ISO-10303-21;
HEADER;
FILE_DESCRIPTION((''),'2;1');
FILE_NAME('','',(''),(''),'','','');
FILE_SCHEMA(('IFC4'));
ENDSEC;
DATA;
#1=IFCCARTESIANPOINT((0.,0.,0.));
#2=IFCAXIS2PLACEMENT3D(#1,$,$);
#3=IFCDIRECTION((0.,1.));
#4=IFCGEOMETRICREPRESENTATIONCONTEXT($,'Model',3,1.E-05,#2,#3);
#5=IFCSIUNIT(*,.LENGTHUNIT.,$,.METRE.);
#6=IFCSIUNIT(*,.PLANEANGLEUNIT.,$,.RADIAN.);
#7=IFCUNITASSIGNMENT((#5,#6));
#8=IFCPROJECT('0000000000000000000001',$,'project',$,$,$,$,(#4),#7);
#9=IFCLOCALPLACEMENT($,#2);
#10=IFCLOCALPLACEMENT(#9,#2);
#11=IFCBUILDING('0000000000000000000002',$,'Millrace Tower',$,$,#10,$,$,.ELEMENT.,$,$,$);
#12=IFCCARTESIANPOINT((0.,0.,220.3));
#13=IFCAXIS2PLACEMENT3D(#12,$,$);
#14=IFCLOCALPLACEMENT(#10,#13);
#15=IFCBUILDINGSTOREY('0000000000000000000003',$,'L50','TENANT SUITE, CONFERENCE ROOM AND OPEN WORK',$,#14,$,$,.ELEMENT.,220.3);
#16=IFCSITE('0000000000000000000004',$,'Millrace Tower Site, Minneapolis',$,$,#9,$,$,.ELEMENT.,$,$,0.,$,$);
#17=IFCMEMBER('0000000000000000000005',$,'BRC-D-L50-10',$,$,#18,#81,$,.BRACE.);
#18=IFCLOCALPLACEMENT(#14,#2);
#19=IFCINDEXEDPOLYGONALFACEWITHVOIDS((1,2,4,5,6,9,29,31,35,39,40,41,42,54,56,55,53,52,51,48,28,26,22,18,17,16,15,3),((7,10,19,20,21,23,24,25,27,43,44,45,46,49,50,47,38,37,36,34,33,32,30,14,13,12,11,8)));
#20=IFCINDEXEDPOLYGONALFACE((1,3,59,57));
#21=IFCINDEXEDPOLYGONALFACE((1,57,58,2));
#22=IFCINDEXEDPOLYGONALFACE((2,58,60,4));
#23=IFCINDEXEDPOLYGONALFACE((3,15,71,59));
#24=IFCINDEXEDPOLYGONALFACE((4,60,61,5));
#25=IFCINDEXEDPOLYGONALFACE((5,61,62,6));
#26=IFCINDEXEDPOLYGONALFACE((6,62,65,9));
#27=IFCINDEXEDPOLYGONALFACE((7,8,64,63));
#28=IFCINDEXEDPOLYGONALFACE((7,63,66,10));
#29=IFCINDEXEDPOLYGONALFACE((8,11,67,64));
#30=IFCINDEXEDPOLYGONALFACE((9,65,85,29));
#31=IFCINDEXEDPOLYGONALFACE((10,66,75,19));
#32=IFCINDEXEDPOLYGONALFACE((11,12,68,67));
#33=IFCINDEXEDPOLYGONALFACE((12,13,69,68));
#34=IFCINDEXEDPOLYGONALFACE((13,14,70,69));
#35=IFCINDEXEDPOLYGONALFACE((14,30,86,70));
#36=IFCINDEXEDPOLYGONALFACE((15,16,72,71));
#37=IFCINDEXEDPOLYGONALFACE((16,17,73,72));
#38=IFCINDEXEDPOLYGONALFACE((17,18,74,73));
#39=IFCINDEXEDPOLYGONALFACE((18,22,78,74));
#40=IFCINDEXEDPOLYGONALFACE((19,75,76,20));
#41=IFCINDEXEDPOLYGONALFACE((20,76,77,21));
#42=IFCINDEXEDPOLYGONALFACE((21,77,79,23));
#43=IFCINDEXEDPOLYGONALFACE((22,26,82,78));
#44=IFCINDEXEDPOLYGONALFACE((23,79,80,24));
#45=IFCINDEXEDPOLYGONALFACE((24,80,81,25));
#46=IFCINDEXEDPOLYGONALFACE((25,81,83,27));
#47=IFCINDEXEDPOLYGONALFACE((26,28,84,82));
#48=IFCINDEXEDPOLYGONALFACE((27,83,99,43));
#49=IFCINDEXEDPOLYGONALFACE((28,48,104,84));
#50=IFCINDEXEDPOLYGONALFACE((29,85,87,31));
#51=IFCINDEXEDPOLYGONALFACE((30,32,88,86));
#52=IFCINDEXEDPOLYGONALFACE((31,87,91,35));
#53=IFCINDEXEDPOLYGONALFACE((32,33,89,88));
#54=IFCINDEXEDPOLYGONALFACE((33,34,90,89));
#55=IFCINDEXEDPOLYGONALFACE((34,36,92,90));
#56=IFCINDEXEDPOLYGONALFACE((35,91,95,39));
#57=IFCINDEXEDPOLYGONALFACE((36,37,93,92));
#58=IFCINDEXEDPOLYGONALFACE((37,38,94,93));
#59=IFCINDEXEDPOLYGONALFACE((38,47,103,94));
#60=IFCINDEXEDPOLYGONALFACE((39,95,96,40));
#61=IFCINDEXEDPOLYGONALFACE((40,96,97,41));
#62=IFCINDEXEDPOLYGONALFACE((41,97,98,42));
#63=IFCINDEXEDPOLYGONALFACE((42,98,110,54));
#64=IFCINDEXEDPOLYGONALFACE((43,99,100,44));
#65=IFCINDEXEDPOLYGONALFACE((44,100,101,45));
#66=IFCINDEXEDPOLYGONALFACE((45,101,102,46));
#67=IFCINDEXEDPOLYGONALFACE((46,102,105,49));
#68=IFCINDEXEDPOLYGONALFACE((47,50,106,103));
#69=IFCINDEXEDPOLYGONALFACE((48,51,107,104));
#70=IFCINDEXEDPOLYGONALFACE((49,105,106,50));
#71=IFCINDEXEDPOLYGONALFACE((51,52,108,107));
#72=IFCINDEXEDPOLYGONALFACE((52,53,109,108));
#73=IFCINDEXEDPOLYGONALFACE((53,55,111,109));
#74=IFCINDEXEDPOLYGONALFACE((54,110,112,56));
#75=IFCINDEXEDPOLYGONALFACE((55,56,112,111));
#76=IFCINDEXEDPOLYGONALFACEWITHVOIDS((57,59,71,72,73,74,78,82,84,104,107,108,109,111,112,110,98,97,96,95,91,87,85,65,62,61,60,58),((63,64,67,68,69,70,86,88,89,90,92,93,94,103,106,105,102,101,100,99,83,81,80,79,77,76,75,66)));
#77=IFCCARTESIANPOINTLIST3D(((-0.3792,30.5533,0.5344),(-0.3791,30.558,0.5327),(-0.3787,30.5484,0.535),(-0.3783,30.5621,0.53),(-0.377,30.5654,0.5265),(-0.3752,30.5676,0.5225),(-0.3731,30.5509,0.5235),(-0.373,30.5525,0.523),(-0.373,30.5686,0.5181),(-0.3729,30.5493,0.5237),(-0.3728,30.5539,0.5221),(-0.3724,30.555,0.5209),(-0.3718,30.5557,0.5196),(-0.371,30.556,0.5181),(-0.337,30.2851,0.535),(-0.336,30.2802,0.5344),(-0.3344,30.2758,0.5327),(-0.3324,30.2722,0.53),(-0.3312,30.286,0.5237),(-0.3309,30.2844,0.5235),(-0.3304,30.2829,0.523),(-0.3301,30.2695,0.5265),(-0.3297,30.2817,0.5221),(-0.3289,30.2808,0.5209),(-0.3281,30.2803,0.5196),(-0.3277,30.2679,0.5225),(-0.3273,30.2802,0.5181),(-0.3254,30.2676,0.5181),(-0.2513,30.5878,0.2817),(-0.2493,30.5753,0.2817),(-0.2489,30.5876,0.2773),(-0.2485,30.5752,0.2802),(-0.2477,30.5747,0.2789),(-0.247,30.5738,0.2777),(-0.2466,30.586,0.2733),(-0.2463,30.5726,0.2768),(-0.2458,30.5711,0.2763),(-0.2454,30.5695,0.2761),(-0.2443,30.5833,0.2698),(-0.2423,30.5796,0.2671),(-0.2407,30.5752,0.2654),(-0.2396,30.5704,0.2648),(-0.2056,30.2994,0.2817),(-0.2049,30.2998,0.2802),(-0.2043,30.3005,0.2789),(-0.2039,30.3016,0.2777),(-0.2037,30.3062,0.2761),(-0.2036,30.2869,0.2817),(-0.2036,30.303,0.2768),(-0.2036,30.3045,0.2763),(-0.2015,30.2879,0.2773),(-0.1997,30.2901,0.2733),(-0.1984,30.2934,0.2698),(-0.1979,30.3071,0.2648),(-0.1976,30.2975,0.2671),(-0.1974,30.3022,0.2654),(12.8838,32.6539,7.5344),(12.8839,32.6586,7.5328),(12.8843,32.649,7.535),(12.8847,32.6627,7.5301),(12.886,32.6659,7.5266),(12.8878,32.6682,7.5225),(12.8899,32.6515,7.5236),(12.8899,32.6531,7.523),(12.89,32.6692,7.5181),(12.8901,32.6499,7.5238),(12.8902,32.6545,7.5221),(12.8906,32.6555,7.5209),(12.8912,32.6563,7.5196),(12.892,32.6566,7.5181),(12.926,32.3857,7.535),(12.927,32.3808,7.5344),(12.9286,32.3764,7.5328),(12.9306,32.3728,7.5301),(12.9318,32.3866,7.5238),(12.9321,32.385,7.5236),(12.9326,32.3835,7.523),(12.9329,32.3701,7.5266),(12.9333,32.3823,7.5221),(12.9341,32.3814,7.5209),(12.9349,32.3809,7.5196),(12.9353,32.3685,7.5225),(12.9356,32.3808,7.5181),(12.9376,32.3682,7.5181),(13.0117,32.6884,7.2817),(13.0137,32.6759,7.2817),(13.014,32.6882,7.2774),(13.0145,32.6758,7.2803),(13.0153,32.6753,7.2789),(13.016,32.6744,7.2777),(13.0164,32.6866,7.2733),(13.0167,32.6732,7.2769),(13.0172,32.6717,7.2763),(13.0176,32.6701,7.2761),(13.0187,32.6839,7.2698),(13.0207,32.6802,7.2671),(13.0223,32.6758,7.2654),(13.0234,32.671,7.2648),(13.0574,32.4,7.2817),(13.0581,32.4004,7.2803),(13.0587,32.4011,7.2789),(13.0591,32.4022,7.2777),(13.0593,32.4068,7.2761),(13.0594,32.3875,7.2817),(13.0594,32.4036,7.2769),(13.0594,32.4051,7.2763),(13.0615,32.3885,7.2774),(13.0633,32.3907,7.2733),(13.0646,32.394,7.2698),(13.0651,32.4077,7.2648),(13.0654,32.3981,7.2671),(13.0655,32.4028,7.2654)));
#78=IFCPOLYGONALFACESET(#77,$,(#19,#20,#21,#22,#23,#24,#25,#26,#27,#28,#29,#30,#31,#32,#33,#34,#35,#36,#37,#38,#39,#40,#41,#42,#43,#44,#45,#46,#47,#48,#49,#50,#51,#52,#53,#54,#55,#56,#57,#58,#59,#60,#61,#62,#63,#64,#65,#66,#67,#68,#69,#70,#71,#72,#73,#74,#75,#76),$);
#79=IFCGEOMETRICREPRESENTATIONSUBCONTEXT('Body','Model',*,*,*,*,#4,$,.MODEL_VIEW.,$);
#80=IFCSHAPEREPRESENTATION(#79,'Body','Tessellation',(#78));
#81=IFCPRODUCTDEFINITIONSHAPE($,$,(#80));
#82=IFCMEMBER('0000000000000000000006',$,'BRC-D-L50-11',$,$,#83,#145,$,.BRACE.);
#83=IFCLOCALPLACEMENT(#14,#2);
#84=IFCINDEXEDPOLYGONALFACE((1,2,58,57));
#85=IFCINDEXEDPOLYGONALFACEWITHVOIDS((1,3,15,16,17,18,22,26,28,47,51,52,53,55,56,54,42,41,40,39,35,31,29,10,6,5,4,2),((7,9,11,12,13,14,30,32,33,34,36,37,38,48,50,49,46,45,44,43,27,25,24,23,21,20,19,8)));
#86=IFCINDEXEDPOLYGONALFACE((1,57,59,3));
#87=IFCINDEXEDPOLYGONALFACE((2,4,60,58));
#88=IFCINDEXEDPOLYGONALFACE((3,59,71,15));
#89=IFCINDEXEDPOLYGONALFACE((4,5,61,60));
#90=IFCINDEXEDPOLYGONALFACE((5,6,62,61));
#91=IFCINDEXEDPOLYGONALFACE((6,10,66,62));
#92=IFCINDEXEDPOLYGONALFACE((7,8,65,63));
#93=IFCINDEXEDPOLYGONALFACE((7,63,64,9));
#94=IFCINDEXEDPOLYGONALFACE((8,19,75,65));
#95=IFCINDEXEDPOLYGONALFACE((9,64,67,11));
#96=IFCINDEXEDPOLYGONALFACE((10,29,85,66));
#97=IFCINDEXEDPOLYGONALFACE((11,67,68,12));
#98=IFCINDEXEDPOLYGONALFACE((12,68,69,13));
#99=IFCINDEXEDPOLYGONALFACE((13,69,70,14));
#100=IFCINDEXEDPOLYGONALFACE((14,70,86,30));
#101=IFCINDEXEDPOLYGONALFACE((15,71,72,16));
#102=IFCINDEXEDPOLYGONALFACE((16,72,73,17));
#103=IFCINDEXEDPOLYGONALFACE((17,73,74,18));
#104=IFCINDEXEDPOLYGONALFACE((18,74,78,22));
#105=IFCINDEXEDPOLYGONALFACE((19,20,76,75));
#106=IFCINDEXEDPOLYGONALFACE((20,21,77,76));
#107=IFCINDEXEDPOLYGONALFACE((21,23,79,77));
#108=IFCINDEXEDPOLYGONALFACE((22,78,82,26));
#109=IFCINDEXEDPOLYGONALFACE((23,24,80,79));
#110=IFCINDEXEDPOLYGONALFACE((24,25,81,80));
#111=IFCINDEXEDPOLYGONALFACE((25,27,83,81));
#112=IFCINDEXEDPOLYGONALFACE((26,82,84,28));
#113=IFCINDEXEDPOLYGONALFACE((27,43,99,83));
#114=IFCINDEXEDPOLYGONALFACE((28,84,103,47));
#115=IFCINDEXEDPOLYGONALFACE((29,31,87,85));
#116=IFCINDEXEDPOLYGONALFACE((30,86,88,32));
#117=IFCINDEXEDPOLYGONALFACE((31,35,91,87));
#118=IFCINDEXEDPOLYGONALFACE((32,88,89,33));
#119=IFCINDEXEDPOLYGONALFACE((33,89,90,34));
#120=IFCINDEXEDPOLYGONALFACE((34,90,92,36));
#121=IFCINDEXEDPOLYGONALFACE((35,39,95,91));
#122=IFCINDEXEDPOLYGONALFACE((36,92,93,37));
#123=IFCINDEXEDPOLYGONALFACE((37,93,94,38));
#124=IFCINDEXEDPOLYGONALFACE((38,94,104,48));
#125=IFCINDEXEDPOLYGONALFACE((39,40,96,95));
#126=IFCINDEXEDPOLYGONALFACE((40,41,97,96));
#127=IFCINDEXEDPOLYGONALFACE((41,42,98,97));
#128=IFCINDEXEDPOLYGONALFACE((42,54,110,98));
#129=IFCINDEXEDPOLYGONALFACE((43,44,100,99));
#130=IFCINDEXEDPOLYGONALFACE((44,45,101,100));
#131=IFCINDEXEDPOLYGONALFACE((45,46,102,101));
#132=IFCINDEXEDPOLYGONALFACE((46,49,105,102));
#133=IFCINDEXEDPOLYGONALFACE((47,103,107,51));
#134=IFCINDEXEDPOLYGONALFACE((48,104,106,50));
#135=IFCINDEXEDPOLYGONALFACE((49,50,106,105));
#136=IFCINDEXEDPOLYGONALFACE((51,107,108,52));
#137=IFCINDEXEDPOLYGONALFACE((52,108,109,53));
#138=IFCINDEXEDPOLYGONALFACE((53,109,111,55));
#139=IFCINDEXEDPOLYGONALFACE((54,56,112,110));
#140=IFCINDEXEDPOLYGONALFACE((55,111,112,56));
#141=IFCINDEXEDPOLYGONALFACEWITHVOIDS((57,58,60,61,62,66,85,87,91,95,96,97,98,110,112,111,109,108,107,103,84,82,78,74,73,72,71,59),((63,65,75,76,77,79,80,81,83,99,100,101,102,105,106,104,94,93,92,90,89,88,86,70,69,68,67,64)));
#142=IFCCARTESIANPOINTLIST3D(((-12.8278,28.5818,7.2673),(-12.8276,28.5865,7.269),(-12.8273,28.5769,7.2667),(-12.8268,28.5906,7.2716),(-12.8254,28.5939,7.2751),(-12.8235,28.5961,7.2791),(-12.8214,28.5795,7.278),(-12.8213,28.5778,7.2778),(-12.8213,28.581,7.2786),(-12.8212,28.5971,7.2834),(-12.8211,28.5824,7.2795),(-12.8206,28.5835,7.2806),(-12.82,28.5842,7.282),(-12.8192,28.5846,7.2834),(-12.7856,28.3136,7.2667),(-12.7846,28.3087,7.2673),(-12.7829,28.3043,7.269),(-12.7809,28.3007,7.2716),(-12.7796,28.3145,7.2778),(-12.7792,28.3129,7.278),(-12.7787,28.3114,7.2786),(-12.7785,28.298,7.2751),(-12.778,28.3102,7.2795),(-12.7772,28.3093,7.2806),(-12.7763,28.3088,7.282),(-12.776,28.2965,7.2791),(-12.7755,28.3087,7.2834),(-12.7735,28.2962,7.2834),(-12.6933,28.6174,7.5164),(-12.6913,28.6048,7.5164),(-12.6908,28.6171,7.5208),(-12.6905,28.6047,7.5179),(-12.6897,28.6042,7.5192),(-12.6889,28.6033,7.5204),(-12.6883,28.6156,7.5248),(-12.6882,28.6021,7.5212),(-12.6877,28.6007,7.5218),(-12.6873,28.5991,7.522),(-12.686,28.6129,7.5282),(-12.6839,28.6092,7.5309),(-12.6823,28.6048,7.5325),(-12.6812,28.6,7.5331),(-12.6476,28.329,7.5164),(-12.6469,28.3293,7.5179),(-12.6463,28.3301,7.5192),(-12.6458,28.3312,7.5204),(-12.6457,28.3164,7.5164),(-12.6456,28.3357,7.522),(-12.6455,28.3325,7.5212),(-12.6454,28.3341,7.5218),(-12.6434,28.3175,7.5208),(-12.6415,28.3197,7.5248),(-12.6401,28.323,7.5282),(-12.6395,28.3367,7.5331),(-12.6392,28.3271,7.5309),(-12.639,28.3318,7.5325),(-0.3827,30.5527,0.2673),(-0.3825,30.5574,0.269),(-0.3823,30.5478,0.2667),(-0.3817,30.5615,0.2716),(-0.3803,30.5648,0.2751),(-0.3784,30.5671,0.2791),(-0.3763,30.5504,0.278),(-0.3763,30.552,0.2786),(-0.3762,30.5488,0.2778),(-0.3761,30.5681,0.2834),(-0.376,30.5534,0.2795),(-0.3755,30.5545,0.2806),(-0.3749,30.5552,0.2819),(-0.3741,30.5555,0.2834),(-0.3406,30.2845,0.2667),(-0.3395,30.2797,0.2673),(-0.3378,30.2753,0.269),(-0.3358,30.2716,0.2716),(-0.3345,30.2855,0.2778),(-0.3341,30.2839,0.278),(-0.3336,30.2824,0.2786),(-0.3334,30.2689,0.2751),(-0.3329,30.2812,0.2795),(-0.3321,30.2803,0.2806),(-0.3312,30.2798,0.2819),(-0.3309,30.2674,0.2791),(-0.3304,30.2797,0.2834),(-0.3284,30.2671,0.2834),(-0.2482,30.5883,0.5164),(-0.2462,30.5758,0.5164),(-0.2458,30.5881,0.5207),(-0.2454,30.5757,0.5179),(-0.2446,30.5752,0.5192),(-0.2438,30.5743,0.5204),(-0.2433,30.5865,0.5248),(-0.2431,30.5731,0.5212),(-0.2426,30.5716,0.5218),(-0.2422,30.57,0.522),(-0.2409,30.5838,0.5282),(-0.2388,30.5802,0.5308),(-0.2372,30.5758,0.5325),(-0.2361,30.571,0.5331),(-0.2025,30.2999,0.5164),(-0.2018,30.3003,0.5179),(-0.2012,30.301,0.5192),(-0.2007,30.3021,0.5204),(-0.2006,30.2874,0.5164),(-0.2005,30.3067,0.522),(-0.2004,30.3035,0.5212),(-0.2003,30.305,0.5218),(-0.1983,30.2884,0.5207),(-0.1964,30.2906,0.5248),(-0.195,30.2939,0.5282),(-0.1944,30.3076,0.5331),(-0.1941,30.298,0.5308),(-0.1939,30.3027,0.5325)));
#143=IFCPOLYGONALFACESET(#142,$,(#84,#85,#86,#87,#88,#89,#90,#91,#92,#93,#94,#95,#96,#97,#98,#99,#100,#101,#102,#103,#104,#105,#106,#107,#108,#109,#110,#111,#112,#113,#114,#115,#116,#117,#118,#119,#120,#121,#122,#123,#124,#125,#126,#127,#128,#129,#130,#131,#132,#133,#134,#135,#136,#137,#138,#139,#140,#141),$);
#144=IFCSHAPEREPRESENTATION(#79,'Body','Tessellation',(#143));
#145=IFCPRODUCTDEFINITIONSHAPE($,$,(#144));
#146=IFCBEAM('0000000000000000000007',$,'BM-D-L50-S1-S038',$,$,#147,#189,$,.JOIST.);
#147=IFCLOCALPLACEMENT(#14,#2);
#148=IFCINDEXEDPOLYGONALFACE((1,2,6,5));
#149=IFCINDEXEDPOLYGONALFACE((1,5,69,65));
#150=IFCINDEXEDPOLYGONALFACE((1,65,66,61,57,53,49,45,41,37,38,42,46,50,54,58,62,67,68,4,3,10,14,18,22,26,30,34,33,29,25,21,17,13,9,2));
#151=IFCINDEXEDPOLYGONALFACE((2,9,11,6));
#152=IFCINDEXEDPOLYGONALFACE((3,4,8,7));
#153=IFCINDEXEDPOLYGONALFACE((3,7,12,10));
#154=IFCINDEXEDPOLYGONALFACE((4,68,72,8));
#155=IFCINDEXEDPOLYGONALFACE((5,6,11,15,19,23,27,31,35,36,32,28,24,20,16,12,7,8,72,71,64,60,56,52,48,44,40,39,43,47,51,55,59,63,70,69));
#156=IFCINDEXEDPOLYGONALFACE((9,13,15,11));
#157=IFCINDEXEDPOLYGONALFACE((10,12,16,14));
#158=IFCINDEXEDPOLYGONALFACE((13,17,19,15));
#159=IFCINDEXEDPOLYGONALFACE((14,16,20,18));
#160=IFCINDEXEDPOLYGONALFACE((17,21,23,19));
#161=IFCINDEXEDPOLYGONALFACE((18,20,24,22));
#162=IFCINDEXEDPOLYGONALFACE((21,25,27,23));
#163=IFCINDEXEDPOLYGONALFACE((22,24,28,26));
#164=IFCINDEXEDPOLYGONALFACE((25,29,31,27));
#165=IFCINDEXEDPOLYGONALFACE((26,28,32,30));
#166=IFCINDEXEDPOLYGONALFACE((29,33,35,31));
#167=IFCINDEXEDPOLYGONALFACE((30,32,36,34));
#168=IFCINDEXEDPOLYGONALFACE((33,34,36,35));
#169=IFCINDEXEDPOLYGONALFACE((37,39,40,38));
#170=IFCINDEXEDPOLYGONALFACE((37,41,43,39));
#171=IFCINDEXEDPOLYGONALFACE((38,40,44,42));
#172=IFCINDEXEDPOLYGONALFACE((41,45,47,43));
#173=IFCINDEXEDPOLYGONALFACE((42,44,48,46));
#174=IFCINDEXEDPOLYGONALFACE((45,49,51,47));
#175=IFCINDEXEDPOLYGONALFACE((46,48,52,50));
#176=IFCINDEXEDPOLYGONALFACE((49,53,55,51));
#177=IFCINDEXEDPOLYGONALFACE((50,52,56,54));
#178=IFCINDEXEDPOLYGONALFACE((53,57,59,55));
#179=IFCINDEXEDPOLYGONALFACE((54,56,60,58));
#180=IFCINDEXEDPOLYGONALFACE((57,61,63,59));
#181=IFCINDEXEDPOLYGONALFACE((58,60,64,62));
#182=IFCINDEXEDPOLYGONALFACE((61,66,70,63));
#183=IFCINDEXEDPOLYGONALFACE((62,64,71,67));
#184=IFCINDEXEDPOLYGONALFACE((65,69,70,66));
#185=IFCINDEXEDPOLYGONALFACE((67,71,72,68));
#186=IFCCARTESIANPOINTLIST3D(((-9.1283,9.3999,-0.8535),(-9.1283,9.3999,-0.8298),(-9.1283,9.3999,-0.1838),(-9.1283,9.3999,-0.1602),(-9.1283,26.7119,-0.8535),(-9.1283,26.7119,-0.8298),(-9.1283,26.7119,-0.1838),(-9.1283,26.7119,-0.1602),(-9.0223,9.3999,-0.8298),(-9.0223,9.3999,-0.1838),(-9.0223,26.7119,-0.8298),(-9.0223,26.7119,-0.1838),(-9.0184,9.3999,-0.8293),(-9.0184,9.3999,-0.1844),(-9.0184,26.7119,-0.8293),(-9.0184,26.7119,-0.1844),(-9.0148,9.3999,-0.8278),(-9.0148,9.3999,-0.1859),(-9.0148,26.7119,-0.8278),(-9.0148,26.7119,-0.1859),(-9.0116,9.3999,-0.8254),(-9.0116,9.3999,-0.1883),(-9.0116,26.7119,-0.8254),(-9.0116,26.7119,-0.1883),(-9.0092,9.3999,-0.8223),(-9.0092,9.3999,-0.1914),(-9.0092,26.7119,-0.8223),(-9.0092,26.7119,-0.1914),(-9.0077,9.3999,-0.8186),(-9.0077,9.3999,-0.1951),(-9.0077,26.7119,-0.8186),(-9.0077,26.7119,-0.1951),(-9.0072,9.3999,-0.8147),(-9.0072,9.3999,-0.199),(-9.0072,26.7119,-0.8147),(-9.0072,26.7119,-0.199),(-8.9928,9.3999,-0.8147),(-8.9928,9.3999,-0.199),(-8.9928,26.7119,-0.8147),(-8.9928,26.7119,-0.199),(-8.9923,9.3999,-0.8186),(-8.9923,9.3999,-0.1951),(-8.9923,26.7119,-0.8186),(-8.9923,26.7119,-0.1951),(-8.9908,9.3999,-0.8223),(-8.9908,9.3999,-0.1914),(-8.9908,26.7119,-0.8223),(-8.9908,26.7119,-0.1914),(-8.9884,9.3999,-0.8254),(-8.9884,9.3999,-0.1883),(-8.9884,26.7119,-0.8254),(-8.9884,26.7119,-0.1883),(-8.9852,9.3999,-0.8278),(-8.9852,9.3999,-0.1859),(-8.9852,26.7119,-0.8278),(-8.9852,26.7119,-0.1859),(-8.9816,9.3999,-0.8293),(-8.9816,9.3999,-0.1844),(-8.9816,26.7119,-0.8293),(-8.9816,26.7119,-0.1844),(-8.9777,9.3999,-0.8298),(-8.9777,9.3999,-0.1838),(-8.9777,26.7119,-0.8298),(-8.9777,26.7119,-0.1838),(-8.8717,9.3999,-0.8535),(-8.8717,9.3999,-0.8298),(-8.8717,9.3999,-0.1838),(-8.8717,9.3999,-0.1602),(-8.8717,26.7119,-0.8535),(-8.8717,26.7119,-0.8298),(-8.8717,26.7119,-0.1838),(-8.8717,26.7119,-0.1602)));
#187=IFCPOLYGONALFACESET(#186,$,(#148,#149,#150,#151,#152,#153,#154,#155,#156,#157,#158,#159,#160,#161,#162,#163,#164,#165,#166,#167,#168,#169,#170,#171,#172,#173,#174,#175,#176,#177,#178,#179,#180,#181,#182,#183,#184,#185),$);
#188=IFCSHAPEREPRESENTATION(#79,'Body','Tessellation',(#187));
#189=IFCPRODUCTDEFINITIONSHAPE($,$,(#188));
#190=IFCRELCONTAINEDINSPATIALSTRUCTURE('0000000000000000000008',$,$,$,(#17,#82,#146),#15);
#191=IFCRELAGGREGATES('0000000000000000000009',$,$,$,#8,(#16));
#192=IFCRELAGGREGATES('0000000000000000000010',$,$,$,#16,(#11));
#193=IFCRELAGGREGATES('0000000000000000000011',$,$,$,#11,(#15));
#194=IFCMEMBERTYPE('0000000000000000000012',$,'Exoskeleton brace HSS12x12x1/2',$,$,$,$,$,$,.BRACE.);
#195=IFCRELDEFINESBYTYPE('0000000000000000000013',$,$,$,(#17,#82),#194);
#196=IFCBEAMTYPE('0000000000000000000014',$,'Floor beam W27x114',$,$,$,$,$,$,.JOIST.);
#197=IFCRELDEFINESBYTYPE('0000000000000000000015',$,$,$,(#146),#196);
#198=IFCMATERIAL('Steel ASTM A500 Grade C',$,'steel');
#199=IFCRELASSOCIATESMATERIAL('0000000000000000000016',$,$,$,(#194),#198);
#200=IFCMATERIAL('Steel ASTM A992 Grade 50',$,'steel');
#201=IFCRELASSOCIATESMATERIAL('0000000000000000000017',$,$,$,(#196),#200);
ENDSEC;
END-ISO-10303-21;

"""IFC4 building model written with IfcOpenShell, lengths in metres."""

from ifc_helpers import new_model, si_unit, direction, frame, origin, origin_2d, place, context, subcontext, project, spatial, hollow_rectangle, i_section, extrude, material, material_profile, profile_set, type_object, element, save


model = new_model("IFC4")

# Units and contexts
model_context = context("Model", 3, precision=1e-05, world=origin(), true_north=direction((0.0, 1.0)))
body_context = subcontext(model_context, "Body", "Model", "MODEL_VIEW")
ifc_project = project(units=[si_unit("LENGTHUNIT", "METRE"), si_unit("PLANEANGLEUNIT", "RADIAN")], contexts=[model_context])

# Site, building, storey
site_placement = place(None, origin())
site = spatial("IfcSite", under=ifc_project, at=site_placement, Name="Millrace Tower Site, Minneapolis", CompositionType="ELEMENT", RefElevation=0.0)
building_placement = place(site_placement, origin())
building = spatial("IfcBuilding", under=site, at=building_placement, Name="Millrace Tower", CompositionType="ELEMENT")
storey_placement = place(building_placement, frame((0.0, 0.0, 220.3)))
storey = spatial("IfcBuildingStorey", under=building, at=storey_placement, Name="L50", Description="TENANT SUITE, CONFERENCE ROOM AND OPEN WORK", CompositionType="ELEMENT", Elevation=220.3)

# Members
ifc_material_1 = material(Name="Steel ASTM A500 Grade C", Category="steel")
ifc_material_profile_1 = material_profile(ifc_material_1, hollow_rectangle(XDim=0.3047, YDim=0.3047, WallThickness=0.0127, InnerFilletRadius=0.0063, OuterFilletRadius=0.019, at=origin_2d()))
ifc_profile_set_1 = profile_set([ifc_material_profile_1], Name="Steel ASTM A500 Grade C")
member_type_1 = type_object("IfcMemberType", Name="Exoskeleton brace HSS12x12x1/2", PredefinedType="BRACE", material=ifc_profile_set_1)
member_1_placement = place(storey_placement, frame((-0.2883, 30.4277, 0.3999), z_axis=(0.875832, 0.138714, 0.462252), x_axis=(-0.15643, 0.987689, 0.0)))
element("IfcMember", 1, at=member_1_placement, inside=storey, type_object=member_type_1, Name="BRC-D-L50-10", PredefinedType="BRACE", context=body_context, shape_type="SweptSolid", body=[
    extrude(hollow_rectangle(XDim=0.3047, YDim=0.3047, WallThickness=0.0127, InnerFilletRadius=0.0063, OuterFilletRadius=0.019, at=origin_2d()), origin(), (0.0, 0.0, 1.0), 15.1433),
])
member_2_placement = place(storey_placement, frame((-0.2883, 30.4277, 0.3999), z_axis=(-0.863399, -0.136738, 0.485638), x_axis=(0.156422, -0.98769, 0.0)))
element("IfcMember", 2, at=member_2_placement, inside=storey, type_object=member_type_1, Name="BRC-D-L50-11", PredefinedType="BRACE", context=body_context, shape_type="SweptSolid", body=[
    extrude(hollow_rectangle(XDim=0.3047, YDim=0.3047, WallThickness=0.0127, InnerFilletRadius=0.0063, OuterFilletRadius=0.019, at=origin_2d()), origin(), (0.0, 0.0, 1.0), 14.4141),
])

# Beam
ifc_material_2 = material(Name="Steel ASTM A992 Grade 50", Category="steel")
ifc_material_profile_2 = material_profile(ifc_material_2, i_section(OverallWidth=0.2566, OverallDepth=0.6934, WebThickness=0.0144, FlangeThickness=0.0237, FilletRadius=0.0151, at=origin_2d()))
ifc_profile_set_2 = profile_set([ifc_material_profile_2], Name="Steel ASTM A992 Grade 50")
beam_type_1 = type_object("IfcBeamType", Name="Floor beam W27x114", PredefinedType="JOIST", material=ifc_profile_set_2)
beam_1_placement = place(storey_placement, frame((-9.0, 9.3999, -0.5068), z_axis=(0.0, 1.0, 0.0), x_axis=(-1.0, 0.0, 0.0)))
element("IfcBeam", 3, at=beam_1_placement, inside=storey, type_object=beam_type_1, Name="BM-D-L50-S1-S038", PredefinedType="JOIST", context=body_context, shape_type="SweptSolid", body=[
    extrude(i_section(OverallWidth=0.2566, OverallDepth=0.6934, WebThickness=0.0144, FlangeThickness=0.0237, FilletRadius=0.0151, at=origin_2d()), origin(), (0.0, 0.0, 1.0), 17.312),
])

save(model, "model.ifc")
